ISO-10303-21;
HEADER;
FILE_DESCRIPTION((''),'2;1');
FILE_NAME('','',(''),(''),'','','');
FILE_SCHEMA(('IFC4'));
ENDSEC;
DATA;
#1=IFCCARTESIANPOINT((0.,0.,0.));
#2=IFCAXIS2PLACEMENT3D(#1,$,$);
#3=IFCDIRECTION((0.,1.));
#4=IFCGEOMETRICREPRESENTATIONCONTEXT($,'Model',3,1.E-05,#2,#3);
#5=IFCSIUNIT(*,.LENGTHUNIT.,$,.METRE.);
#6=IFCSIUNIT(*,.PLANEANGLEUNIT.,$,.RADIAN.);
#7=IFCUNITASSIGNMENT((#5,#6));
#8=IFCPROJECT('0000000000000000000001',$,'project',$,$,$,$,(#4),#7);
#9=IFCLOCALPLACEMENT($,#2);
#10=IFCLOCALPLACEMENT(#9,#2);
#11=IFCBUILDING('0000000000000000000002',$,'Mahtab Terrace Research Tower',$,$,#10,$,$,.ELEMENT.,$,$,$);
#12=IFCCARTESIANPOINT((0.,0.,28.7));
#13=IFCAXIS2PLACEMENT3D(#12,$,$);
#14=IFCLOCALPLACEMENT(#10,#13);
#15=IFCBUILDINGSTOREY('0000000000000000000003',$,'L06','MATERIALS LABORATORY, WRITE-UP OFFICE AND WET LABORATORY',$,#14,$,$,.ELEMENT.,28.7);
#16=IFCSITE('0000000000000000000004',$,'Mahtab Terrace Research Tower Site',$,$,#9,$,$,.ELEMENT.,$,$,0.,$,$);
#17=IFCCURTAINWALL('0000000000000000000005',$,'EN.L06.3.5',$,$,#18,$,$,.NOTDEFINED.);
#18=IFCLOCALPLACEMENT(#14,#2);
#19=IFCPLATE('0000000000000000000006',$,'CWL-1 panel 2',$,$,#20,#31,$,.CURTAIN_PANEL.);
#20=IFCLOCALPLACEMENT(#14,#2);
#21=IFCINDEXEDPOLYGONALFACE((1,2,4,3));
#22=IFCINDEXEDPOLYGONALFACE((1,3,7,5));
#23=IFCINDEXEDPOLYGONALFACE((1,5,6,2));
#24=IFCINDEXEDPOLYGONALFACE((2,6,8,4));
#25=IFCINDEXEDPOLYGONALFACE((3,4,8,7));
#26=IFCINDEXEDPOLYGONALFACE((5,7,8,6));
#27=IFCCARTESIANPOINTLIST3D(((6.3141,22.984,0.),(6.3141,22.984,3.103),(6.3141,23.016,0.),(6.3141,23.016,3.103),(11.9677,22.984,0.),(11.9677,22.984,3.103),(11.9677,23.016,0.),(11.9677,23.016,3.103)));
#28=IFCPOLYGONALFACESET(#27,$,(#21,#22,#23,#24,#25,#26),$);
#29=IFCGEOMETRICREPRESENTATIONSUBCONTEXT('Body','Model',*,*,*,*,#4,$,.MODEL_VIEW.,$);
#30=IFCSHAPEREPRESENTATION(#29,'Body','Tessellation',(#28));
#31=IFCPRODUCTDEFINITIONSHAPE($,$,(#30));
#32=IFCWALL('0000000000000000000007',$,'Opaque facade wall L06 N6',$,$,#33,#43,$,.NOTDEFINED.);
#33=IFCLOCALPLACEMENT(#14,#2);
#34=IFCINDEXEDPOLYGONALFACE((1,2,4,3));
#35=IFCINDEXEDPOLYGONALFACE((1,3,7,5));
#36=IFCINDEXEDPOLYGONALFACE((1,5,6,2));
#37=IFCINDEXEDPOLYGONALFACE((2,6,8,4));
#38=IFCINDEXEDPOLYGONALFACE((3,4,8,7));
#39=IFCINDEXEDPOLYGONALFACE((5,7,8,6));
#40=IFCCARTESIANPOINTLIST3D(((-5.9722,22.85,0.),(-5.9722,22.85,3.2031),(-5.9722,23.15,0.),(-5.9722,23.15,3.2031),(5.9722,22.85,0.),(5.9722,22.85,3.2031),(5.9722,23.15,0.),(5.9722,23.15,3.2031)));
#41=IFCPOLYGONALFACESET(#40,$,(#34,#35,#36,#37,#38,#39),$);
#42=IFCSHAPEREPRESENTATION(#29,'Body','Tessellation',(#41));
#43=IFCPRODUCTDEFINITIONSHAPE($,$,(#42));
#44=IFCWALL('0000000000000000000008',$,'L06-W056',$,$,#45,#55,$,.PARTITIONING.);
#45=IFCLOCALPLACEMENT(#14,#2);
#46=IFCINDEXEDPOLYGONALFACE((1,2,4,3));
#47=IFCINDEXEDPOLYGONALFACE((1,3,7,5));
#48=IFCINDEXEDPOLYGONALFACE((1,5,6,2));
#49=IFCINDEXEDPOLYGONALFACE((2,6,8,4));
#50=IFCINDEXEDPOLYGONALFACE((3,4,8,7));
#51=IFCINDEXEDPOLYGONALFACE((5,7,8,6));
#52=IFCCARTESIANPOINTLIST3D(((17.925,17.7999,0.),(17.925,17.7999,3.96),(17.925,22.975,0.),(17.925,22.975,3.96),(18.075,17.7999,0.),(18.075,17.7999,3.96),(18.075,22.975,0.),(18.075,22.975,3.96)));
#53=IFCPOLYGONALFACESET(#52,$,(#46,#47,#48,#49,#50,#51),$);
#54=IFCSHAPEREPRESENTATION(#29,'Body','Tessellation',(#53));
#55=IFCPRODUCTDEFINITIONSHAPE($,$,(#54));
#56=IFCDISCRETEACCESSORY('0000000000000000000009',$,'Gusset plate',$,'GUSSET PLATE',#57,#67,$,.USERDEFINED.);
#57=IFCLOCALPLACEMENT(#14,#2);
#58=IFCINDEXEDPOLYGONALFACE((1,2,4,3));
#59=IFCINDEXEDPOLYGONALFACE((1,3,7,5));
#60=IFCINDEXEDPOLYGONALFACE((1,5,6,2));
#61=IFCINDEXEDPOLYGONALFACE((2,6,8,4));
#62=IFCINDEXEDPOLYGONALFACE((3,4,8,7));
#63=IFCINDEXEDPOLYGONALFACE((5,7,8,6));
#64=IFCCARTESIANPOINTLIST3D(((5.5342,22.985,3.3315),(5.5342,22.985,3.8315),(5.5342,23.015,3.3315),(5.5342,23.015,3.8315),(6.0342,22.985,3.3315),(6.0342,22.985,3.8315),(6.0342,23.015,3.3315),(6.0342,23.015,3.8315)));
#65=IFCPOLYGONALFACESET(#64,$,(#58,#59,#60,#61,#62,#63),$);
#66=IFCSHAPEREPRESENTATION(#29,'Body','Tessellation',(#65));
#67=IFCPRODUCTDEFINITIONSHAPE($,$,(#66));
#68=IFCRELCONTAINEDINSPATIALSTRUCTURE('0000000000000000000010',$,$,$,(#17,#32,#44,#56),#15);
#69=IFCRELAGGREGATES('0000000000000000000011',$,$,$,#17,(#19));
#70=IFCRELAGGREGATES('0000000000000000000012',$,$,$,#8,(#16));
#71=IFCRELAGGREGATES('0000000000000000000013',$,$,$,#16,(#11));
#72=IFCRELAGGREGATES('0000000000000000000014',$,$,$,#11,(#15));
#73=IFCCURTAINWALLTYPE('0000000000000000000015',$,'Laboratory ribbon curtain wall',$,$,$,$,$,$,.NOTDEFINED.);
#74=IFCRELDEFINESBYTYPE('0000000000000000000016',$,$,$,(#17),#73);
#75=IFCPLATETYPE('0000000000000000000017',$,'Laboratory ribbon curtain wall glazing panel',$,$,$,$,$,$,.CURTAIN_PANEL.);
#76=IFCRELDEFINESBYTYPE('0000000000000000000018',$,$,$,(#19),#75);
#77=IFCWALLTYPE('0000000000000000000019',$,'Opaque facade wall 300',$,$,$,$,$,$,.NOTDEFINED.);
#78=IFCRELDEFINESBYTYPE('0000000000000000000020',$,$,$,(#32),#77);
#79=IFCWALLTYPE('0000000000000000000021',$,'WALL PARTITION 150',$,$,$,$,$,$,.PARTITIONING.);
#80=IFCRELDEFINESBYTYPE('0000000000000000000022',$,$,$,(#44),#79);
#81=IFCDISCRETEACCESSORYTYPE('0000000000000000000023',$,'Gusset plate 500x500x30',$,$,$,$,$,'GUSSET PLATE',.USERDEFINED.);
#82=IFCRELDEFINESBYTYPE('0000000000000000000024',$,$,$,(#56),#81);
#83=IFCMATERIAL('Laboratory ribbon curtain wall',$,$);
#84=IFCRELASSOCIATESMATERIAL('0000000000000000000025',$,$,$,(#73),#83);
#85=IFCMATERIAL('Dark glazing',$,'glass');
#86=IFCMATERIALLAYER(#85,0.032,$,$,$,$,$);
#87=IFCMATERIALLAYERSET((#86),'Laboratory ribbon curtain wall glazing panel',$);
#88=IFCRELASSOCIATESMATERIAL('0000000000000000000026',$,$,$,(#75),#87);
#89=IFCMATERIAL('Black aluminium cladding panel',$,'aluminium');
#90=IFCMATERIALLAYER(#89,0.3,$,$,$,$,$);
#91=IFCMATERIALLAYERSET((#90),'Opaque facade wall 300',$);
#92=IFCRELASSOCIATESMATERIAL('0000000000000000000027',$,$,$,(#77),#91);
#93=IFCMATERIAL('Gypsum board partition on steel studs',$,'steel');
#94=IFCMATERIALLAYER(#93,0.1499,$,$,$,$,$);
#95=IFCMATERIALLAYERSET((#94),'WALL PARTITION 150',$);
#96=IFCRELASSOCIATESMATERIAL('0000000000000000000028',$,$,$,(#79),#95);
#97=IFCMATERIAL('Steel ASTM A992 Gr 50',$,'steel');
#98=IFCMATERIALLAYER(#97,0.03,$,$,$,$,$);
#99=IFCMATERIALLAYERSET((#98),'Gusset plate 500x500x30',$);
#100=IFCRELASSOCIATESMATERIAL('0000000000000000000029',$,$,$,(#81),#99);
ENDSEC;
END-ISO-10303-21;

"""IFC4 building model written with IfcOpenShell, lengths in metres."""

from ifc_helpers import new_model, si_unit, direction, frame, frame_2d, origin, origin_2d, place, context, subcontext, project, spatial, rectangle, extrude, material, layer, layer_set, type_object, element, aggregate, save


model = new_model("IFC4")

# Units and contexts
model_context = context("Model", 3, precision=1e-05, world=origin(), true_north=direction((0.0, 1.0)))
body_context = subcontext(model_context, "Body", "Model", "MODEL_VIEW")
ifc_project = project(units=[si_unit("LENGTHUNIT", "METRE"), si_unit("PLANEANGLEUNIT", "RADIAN")], contexts=[model_context])

# Site, building, storey
site_placement = place(None, origin())
site = spatial("IfcSite", under=ifc_project, at=site_placement, Name="Mahtab Terrace Research Tower Site", CompositionType="ELEMENT", RefElevation=0.0)
building_placement = place(site_placement, origin())
building = spatial("IfcBuilding", under=site, at=building_placement, Name="Mahtab Terrace Research Tower", CompositionType="ELEMENT")
storey_placement = place(building_placement, frame((0.0, 0.0, 28.7)))
storey = spatial("IfcBuildingStorey", under=building, at=storey_placement, Name="L06", Description="MATERIALS LABORATORY, WRITE-UP OFFICE AND WET LABORATORY", CompositionType="ELEMENT", Elevation=28.7)

# Shared definitions
ifc_material_1 = material(Name="Steel ASTM A992 Gr 50", Category="steel")

# Curtain wall
ifc_material_2 = material(Name="Laboratory ribbon curtain wall")
curtain_wall_type = type_object("IfcCurtainWallType", Name="Laboratory ribbon curtain wall", PredefinedType="NOTDEFINED", material=ifc_material_2)
curtain_wall_placement = place(storey_placement, origin())
curtain_wall = element("IfcCurtainWall", 1, at=curtain_wall_placement, inside=storey, type_object=curtain_wall_type, Name="EN.L06.3.5", PredefinedType="NOTDEFINED")

# Plate
ifc_material_3 = material(Name="Dark glazing", Category="glass")
ifc_layer_1 = layer(ifc_material_3, 0.032)
ifc_layer_set_1 = layer_set([ifc_layer_1], Name="Laboratory ribbon curtain wall glazing panel")
plate_type = type_object("IfcPlateType", Name="Laboratory ribbon curtain wall glazing panel", PredefinedType="CURTAIN_PANEL", material=ifc_layer_set_1)
plate_1_placement = place(storey_placement, frame((9.1409, 23.0, 0.0), z_axis=(0.0, 0.0, 1.0), x_axis=(-1.0, 0.0, 0.0)))
plate_1 = element("IfcPlate", 2, at=plate_1_placement, type_object=plate_type, Name="CWL-1 panel 2", PredefinedType="CURTAIN_PANEL", context=body_context, shape_type="SweptSolid", body=[
    extrude(rectangle(XDim=5.6536, YDim=0.032, at=origin_2d()), origin(), (0.0, 0.0, 1.0), 3.103),
])
aggregate(curtain_wall, [plate_1])

# Walls
ifc_material_4 = material(Name="Black aluminium cladding panel", Category="aluminium")
ifc_layer_2 = layer(ifc_material_4, 0.3)
ifc_layer_set_2 = layer_set([ifc_layer_2], Name="Opaque facade wall 300")
wall_type_1 = type_object("IfcWallType", Name="Opaque facade wall 300", PredefinedType="NOTDEFINED", material=ifc_layer_set_2)
wall_1_placement = place(storey_placement, frame((5.9722, 23.0, 0.0), z_axis=(0.0, 0.0, 1.0), x_axis=(-1.0, 0.0, 0.0)))
element("IfcWall", 3, at=wall_1_placement, inside=storey, type_object=wall_type_1, Name="Opaque facade wall L06 N6", PredefinedType="NOTDEFINED", context=body_context, shape_type="SweptSolid", body=[
    extrude(rectangle(XDim=11.9443, YDim=0.3, at=frame_2d((5.9722, 0.0))), origin(), (0.0, 0.0, 1.0), 3.2031),
])
ifc_material_5 = material(Name="Gypsum board partition on steel studs", Category="steel")
ifc_layer_3 = layer(ifc_material_5, 0.1499)
ifc_layer_set_3 = layer_set([ifc_layer_3], Name="WALL PARTITION 150")
wall_type_2 = type_object("IfcWallType", Name="WALL PARTITION 150", PredefinedType="PARTITIONING", material=ifc_layer_set_3)
wall_2_placement = place(storey_placement, frame((18.0, 17.8, 0.0), z_axis=(0.0, 0.0, 1.0), x_axis=(0.0, 1.0, 0.0)))
element("IfcWall", 4, at=wall_2_placement, inside=storey, type_object=wall_type_2, Name="L06-W056", PredefinedType="PARTITIONING", context=body_context, shape_type="SweptSolid", body=[
    extrude(rectangle(XDim=5.175, YDim=0.1499, at=frame_2d((2.5874, 0.0))), origin(), (0.0, 0.0, 1.0), 3.96),
])

# Discrete accessory
ifc_layer_4 = layer(ifc_material_1, 0.03)
ifc_layer_set_4 = layer_set([ifc_layer_4], Name="Gusset plate 500x500x30")
discrete_accessory_type = type_object("IfcDiscreteAccessoryType", Name="Gusset plate 500x500x30", ElementType="GUSSET PLATE", PredefinedType="USERDEFINED", material=ifc_layer_set_4)
discrete_accessory_placement = place(storey_placement, frame((5.7842, 23.0, 3.3315), z_axis=(0.0, 0.0, 1.0), x_axis=(1.0, 0.0, 0.0)))
element("IfcDiscreteAccessory", 5, at=discrete_accessory_placement, inside=storey, type_object=discrete_accessory_type, Name="Gusset plate", ObjectType="GUSSET PLATE", PredefinedType="USERDEFINED", context=body_context, shape_type="SweptSolid", body=[
    extrude(rectangle(XDim=0.5, YDim=0.03, at=origin_2d()), origin(), (0.0, 0.0, 1.0), 0.5),
])

save(model, "model.ifc")
